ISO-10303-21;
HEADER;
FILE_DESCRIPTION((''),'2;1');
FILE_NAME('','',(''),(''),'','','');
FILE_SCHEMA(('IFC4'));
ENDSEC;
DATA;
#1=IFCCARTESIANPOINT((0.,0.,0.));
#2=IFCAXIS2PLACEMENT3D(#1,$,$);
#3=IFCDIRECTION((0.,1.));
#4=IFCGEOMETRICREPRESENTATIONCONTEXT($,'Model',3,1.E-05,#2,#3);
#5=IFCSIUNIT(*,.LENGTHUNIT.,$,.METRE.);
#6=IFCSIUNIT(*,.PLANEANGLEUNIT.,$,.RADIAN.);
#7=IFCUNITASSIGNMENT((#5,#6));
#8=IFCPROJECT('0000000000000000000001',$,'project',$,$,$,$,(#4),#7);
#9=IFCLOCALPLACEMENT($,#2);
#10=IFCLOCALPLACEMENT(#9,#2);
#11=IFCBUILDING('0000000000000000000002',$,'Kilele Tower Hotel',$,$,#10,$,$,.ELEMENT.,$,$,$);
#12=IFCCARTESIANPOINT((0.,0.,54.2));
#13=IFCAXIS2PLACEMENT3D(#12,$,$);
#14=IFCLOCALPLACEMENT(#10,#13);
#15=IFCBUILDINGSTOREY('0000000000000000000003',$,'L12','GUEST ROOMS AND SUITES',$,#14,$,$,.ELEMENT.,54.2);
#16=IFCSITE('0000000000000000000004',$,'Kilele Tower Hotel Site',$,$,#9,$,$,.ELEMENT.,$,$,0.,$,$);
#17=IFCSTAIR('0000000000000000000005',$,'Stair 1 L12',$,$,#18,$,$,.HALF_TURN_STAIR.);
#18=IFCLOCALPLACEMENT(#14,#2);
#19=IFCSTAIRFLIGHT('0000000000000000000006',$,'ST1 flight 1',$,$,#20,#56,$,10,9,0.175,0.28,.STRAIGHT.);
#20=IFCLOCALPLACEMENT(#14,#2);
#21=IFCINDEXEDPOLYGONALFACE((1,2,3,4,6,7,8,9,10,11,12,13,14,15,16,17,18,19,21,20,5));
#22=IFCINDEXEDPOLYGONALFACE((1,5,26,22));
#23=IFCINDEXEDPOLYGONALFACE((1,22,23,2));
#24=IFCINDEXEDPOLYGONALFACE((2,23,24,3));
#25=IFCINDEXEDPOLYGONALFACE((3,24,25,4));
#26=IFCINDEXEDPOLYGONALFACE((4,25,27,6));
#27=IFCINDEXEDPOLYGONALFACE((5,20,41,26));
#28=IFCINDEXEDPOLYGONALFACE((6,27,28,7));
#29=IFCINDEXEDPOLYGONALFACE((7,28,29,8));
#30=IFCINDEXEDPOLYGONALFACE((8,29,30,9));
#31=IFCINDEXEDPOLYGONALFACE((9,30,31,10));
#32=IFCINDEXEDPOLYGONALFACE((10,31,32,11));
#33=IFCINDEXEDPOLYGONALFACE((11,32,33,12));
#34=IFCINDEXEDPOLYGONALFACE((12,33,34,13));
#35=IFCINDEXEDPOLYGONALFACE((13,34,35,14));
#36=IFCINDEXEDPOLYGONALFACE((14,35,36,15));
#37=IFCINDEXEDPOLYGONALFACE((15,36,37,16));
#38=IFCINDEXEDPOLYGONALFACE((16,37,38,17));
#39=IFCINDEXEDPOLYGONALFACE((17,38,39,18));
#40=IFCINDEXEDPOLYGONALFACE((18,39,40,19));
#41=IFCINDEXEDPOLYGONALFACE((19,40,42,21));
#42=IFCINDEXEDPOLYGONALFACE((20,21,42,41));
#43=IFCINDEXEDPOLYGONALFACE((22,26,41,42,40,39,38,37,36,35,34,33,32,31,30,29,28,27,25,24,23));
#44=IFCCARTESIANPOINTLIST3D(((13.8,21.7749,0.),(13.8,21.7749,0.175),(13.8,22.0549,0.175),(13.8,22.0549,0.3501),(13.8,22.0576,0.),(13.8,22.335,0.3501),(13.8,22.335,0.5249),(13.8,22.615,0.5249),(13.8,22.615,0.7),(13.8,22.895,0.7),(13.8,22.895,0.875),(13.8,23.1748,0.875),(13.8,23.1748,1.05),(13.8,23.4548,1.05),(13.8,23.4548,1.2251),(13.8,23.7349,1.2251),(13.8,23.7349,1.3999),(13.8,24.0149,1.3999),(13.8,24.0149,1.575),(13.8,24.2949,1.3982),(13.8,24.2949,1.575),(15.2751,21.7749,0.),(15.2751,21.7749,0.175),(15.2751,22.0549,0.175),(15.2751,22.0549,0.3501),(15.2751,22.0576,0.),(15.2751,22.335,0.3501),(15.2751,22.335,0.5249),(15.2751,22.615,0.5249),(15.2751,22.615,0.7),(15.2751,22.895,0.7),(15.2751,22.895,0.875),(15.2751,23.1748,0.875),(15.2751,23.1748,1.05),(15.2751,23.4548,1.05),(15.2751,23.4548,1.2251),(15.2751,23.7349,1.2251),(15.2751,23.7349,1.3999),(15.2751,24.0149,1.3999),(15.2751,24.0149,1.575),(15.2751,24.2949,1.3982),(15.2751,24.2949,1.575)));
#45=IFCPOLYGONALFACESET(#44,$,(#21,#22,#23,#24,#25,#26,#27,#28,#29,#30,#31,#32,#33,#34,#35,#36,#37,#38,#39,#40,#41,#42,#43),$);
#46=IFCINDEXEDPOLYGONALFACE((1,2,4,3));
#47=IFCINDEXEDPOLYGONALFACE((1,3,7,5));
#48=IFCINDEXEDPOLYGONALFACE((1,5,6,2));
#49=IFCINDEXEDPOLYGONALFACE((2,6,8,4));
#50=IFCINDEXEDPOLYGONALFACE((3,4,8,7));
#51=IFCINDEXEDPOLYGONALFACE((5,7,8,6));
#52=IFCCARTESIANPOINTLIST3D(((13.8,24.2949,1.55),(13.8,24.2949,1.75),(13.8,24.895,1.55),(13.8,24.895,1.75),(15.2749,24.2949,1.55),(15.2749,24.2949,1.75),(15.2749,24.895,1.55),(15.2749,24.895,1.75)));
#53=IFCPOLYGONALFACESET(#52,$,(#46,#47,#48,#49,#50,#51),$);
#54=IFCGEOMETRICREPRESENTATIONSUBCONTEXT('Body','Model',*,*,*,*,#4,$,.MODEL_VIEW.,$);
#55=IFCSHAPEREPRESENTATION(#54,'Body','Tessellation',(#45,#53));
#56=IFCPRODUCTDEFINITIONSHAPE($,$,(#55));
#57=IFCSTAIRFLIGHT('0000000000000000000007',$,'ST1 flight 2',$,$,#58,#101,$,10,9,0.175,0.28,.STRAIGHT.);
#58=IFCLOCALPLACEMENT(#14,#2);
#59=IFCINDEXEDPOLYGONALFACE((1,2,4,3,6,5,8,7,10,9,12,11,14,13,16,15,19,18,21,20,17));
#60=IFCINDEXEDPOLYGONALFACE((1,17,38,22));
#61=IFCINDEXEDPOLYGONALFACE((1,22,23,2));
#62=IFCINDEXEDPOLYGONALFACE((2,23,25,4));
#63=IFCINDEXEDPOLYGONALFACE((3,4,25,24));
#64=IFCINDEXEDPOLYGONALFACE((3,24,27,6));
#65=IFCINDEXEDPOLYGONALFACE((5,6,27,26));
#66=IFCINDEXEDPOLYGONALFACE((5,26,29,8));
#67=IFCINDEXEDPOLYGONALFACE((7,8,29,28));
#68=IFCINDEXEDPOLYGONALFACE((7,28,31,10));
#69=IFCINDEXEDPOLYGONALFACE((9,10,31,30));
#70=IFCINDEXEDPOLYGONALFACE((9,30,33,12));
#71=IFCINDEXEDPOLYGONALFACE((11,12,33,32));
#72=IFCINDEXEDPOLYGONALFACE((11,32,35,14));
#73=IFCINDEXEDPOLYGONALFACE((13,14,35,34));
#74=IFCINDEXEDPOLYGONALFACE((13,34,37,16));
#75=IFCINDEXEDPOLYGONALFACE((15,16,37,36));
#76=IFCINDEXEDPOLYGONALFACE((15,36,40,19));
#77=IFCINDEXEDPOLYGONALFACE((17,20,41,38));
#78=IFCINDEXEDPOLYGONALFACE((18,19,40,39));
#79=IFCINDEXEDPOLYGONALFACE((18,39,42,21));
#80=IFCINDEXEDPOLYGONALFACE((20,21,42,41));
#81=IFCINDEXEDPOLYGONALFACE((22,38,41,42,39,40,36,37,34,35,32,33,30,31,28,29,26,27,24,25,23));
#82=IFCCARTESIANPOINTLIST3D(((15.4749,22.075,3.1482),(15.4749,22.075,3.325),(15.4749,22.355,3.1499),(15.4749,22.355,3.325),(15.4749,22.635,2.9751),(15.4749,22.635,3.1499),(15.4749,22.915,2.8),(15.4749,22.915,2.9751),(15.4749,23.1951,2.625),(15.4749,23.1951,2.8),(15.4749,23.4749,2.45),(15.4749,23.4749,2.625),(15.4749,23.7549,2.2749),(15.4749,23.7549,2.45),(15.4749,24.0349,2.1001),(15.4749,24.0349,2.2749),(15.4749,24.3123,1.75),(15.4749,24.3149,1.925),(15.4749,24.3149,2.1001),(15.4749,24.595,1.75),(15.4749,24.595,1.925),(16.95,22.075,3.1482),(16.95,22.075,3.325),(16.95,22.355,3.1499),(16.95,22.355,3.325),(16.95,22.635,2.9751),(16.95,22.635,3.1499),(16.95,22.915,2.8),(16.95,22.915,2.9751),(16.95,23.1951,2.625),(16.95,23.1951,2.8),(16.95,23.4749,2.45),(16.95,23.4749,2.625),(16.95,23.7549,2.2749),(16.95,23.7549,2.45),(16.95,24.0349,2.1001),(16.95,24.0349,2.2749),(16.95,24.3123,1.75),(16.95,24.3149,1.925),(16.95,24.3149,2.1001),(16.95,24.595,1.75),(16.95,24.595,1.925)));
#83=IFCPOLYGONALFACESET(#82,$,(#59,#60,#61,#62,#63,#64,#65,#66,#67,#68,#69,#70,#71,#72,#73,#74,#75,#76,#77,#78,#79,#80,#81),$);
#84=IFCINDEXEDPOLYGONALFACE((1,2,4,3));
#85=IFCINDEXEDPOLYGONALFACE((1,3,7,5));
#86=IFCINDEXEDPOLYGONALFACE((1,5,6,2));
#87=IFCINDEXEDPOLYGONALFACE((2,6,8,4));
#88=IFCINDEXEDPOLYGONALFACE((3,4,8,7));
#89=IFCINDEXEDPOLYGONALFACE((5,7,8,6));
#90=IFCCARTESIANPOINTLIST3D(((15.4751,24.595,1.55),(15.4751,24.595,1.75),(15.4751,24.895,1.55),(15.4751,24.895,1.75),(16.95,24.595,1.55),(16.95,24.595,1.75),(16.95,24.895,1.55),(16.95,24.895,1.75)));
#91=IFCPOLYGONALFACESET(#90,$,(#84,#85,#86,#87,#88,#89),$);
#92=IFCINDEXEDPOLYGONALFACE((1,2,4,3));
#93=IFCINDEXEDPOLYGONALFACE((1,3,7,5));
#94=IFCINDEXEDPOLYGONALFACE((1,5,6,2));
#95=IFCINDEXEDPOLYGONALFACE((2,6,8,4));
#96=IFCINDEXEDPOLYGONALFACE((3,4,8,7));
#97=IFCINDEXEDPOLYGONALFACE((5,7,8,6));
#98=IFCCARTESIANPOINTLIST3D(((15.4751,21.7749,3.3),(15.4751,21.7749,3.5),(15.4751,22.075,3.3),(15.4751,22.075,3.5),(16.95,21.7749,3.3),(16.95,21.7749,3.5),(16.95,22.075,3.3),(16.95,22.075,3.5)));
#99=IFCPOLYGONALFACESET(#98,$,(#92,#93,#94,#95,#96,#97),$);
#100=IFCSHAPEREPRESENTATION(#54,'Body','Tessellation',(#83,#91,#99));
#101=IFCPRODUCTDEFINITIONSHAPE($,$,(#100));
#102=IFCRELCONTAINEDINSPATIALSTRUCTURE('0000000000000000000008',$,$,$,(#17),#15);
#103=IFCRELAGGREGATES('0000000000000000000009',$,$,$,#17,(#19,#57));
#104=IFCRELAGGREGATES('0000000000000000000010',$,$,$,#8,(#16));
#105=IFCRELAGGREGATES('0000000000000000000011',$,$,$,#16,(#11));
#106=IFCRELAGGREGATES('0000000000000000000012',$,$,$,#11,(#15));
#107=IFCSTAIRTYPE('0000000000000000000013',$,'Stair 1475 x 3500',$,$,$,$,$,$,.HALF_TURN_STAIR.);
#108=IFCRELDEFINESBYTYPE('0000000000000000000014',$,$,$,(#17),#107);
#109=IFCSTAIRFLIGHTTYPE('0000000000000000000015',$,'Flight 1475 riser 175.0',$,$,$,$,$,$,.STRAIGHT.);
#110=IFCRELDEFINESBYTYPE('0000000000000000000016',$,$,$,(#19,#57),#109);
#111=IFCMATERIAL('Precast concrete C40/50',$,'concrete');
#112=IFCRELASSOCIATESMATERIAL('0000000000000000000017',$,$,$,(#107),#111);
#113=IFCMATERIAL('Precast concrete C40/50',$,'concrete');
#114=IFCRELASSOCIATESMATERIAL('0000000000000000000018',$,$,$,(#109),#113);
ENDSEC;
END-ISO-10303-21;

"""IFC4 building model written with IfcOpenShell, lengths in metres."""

from ifc_helpers import new_model, si_unit, direction, frame, origin, place, context, subcontext, project, spatial, polyline, outline, extrude, material, type_object, element, aggregate, save


model = new_model("IFC4")

# Units and contexts
model_context = context("Model", 3, precision=1e-05, world=origin(), true_north=direction((0.0, 1.0)))
body_context = subcontext(model_context, "Body", "Model", "MODEL_VIEW")
ifc_project = project(units=[si_unit("LENGTHUNIT", "METRE"), si_unit("PLANEANGLEUNIT", "RADIAN")], contexts=[model_context])

# Site, building, storey
site_placement = place(None, origin())
site = spatial("IfcSite", under=ifc_project, at=site_placement, Name="Kilele Tower Hotel Site", CompositionType="ELEMENT", RefElevation=0.0)
building_placement = place(site_placement, origin())
building = spatial("IfcBuilding", under=site, at=building_placement, Name="Kilele Tower Hotel", CompositionType="ELEMENT")
storey_placement = place(building_placement, frame((0.0, 0.0, 54.2)))
storey = spatial("IfcBuildingStorey", under=building, at=storey_placement, Name="L12", Description="GUEST ROOMS AND SUITES", CompositionType="ELEMENT", Elevation=54.2)

# Stair, stair flights
ifc_material_1 = material(Name="Precast concrete C40/50", Category="concrete")
stair_type = type_object("IfcStairType", Name="Stair 1475 x 3500", PredefinedType="HALF_TURN_STAIR", material=ifc_material_1)
stair_placement = place(storey_placement, origin())
stair = element("IfcStair", 1, at=stair_placement, inside=storey, type_object=stair_type, Name="Stair 1 L12", PredefinedType="HALF_TURN_STAIR")
ifc_material_2 = material(Name="Precast concrete C40/50", Category="concrete")
stair_flight_type = type_object("IfcStairFlightType", Name="Flight 1475 riser 175.0", PredefinedType="STRAIGHT", material=ifc_material_2)
stair_flight_1_placement = place(storey_placement, frame((14.5376, 21.7749, 0.0), z_axis=(0.0, 0.0, 1.0), x_axis=(0.0, 1.0, 0.0)))
stair_flight_1 = element("IfcStairFlight", 2, at=stair_flight_1_placement, type_object=stair_flight_type, Name="ST1 flight 1", NumberOfRisers=10, NumberOfTreads=9, PredefinedType="STRAIGHT", RiserHeight=0.175, TreadLength=0.28, context=body_context, shape_type="SweptSolid", body=[
    extrude(outline(polyline([(0.0, 0.0), (0.0, 0.175), (0.28, 0.175), (0.28, 0.3501), (0.5601, 0.3501), (0.5601, 0.5249), (0.8401, 0.5249), (0.8401, 0.7), (1.1201, 0.7), (1.1201, 0.875), (1.3999, 0.875), (1.3999, 1.05), (1.6799, 1.05), (1.6799, 1.2251), (1.96, 1.2251), (1.96, 1.3999), (2.24, 1.3999), (2.24, 1.575), (2.52, 1.575), (2.52, 1.75), (2.52, 1.3982), (0.2827, 0.0), (0.0, 0.0)])), frame((0.0, 0.7375, 0.0), z_axis=(0.0, -1.0, 0.0), x_axis=(1.0, 0.0, 0.0)), (0.0, 0.0, 1.0), 1.4751),
    extrude(outline(polyline([(2.52, 0.7375), (2.52, -0.7373), (3.1201, -0.7373), (3.1201, 0.7375), (2.52, 0.7375)])), frame((0.0, 0.0, 1.55)), (0.0, 0.0, 1.0), 0.2),
])
stair_flight_2_placement = place(storey_placement, frame((16.2124, 24.595, 1.75), z_axis=(0.0, 0.0, 1.0), x_axis=(0.0, -1.0, 0.0)))
stair_flight_2 = element("IfcStairFlight", 3, at=stair_flight_2_placement, type_object=stair_flight_type, Name="ST1 flight 2", NumberOfRisers=10, NumberOfTreads=9, PredefinedType="STRAIGHT", RiserHeight=0.175, TreadLength=0.28, context=body_context, shape_type="SweptSolid", body=[
    extrude(outline(polyline([(0.0, 0.0), (0.0, 0.175), (0.28, 0.175), (0.28, 0.3501), (0.5601, 0.3501), (0.5601, 0.5249), (0.8401, 0.5249), (0.8401, 0.7), (1.1201, 0.7), (1.1201, 0.875), (1.3999, 0.875), (1.3999, 1.05), (1.6799, 1.05), (1.6799, 1.2251), (1.96, 1.2251), (1.96, 1.3999), (2.24, 1.3999), (2.24, 1.575), (2.52, 1.575), (2.52, 1.75), (2.52, 1.3982), (0.2827, 0.0), (0.0, 0.0)])), frame((0.0, 0.7375, 0.0), z_axis=(0.0, -1.0, 0.0), x_axis=(1.0, 0.0, 0.0)), (0.0, 0.0, 1.0), 1.4751),
    extrude(outline(polyline([(0.0, -0.7373), (0.0, 0.7375), (-0.3, 0.7375), (-0.3, -0.7373), (0.0, -0.7373)])), frame((0.0, 0.0, -0.2)), (0.0, 0.0, 1.0), 0.2),
    extrude(outline(polyline([(2.8201, -0.7373), (2.8201, 0.7375), (2.52, 0.7375), (2.52, -0.7373), (2.8201, -0.7373)])), frame((0.0, 0.0, 1.55)), (0.0, 0.0, 1.0), 0.2),
])
aggregate(stair, [stair_flight_1, stair_flight_2])

save(model, "model.ifc")
